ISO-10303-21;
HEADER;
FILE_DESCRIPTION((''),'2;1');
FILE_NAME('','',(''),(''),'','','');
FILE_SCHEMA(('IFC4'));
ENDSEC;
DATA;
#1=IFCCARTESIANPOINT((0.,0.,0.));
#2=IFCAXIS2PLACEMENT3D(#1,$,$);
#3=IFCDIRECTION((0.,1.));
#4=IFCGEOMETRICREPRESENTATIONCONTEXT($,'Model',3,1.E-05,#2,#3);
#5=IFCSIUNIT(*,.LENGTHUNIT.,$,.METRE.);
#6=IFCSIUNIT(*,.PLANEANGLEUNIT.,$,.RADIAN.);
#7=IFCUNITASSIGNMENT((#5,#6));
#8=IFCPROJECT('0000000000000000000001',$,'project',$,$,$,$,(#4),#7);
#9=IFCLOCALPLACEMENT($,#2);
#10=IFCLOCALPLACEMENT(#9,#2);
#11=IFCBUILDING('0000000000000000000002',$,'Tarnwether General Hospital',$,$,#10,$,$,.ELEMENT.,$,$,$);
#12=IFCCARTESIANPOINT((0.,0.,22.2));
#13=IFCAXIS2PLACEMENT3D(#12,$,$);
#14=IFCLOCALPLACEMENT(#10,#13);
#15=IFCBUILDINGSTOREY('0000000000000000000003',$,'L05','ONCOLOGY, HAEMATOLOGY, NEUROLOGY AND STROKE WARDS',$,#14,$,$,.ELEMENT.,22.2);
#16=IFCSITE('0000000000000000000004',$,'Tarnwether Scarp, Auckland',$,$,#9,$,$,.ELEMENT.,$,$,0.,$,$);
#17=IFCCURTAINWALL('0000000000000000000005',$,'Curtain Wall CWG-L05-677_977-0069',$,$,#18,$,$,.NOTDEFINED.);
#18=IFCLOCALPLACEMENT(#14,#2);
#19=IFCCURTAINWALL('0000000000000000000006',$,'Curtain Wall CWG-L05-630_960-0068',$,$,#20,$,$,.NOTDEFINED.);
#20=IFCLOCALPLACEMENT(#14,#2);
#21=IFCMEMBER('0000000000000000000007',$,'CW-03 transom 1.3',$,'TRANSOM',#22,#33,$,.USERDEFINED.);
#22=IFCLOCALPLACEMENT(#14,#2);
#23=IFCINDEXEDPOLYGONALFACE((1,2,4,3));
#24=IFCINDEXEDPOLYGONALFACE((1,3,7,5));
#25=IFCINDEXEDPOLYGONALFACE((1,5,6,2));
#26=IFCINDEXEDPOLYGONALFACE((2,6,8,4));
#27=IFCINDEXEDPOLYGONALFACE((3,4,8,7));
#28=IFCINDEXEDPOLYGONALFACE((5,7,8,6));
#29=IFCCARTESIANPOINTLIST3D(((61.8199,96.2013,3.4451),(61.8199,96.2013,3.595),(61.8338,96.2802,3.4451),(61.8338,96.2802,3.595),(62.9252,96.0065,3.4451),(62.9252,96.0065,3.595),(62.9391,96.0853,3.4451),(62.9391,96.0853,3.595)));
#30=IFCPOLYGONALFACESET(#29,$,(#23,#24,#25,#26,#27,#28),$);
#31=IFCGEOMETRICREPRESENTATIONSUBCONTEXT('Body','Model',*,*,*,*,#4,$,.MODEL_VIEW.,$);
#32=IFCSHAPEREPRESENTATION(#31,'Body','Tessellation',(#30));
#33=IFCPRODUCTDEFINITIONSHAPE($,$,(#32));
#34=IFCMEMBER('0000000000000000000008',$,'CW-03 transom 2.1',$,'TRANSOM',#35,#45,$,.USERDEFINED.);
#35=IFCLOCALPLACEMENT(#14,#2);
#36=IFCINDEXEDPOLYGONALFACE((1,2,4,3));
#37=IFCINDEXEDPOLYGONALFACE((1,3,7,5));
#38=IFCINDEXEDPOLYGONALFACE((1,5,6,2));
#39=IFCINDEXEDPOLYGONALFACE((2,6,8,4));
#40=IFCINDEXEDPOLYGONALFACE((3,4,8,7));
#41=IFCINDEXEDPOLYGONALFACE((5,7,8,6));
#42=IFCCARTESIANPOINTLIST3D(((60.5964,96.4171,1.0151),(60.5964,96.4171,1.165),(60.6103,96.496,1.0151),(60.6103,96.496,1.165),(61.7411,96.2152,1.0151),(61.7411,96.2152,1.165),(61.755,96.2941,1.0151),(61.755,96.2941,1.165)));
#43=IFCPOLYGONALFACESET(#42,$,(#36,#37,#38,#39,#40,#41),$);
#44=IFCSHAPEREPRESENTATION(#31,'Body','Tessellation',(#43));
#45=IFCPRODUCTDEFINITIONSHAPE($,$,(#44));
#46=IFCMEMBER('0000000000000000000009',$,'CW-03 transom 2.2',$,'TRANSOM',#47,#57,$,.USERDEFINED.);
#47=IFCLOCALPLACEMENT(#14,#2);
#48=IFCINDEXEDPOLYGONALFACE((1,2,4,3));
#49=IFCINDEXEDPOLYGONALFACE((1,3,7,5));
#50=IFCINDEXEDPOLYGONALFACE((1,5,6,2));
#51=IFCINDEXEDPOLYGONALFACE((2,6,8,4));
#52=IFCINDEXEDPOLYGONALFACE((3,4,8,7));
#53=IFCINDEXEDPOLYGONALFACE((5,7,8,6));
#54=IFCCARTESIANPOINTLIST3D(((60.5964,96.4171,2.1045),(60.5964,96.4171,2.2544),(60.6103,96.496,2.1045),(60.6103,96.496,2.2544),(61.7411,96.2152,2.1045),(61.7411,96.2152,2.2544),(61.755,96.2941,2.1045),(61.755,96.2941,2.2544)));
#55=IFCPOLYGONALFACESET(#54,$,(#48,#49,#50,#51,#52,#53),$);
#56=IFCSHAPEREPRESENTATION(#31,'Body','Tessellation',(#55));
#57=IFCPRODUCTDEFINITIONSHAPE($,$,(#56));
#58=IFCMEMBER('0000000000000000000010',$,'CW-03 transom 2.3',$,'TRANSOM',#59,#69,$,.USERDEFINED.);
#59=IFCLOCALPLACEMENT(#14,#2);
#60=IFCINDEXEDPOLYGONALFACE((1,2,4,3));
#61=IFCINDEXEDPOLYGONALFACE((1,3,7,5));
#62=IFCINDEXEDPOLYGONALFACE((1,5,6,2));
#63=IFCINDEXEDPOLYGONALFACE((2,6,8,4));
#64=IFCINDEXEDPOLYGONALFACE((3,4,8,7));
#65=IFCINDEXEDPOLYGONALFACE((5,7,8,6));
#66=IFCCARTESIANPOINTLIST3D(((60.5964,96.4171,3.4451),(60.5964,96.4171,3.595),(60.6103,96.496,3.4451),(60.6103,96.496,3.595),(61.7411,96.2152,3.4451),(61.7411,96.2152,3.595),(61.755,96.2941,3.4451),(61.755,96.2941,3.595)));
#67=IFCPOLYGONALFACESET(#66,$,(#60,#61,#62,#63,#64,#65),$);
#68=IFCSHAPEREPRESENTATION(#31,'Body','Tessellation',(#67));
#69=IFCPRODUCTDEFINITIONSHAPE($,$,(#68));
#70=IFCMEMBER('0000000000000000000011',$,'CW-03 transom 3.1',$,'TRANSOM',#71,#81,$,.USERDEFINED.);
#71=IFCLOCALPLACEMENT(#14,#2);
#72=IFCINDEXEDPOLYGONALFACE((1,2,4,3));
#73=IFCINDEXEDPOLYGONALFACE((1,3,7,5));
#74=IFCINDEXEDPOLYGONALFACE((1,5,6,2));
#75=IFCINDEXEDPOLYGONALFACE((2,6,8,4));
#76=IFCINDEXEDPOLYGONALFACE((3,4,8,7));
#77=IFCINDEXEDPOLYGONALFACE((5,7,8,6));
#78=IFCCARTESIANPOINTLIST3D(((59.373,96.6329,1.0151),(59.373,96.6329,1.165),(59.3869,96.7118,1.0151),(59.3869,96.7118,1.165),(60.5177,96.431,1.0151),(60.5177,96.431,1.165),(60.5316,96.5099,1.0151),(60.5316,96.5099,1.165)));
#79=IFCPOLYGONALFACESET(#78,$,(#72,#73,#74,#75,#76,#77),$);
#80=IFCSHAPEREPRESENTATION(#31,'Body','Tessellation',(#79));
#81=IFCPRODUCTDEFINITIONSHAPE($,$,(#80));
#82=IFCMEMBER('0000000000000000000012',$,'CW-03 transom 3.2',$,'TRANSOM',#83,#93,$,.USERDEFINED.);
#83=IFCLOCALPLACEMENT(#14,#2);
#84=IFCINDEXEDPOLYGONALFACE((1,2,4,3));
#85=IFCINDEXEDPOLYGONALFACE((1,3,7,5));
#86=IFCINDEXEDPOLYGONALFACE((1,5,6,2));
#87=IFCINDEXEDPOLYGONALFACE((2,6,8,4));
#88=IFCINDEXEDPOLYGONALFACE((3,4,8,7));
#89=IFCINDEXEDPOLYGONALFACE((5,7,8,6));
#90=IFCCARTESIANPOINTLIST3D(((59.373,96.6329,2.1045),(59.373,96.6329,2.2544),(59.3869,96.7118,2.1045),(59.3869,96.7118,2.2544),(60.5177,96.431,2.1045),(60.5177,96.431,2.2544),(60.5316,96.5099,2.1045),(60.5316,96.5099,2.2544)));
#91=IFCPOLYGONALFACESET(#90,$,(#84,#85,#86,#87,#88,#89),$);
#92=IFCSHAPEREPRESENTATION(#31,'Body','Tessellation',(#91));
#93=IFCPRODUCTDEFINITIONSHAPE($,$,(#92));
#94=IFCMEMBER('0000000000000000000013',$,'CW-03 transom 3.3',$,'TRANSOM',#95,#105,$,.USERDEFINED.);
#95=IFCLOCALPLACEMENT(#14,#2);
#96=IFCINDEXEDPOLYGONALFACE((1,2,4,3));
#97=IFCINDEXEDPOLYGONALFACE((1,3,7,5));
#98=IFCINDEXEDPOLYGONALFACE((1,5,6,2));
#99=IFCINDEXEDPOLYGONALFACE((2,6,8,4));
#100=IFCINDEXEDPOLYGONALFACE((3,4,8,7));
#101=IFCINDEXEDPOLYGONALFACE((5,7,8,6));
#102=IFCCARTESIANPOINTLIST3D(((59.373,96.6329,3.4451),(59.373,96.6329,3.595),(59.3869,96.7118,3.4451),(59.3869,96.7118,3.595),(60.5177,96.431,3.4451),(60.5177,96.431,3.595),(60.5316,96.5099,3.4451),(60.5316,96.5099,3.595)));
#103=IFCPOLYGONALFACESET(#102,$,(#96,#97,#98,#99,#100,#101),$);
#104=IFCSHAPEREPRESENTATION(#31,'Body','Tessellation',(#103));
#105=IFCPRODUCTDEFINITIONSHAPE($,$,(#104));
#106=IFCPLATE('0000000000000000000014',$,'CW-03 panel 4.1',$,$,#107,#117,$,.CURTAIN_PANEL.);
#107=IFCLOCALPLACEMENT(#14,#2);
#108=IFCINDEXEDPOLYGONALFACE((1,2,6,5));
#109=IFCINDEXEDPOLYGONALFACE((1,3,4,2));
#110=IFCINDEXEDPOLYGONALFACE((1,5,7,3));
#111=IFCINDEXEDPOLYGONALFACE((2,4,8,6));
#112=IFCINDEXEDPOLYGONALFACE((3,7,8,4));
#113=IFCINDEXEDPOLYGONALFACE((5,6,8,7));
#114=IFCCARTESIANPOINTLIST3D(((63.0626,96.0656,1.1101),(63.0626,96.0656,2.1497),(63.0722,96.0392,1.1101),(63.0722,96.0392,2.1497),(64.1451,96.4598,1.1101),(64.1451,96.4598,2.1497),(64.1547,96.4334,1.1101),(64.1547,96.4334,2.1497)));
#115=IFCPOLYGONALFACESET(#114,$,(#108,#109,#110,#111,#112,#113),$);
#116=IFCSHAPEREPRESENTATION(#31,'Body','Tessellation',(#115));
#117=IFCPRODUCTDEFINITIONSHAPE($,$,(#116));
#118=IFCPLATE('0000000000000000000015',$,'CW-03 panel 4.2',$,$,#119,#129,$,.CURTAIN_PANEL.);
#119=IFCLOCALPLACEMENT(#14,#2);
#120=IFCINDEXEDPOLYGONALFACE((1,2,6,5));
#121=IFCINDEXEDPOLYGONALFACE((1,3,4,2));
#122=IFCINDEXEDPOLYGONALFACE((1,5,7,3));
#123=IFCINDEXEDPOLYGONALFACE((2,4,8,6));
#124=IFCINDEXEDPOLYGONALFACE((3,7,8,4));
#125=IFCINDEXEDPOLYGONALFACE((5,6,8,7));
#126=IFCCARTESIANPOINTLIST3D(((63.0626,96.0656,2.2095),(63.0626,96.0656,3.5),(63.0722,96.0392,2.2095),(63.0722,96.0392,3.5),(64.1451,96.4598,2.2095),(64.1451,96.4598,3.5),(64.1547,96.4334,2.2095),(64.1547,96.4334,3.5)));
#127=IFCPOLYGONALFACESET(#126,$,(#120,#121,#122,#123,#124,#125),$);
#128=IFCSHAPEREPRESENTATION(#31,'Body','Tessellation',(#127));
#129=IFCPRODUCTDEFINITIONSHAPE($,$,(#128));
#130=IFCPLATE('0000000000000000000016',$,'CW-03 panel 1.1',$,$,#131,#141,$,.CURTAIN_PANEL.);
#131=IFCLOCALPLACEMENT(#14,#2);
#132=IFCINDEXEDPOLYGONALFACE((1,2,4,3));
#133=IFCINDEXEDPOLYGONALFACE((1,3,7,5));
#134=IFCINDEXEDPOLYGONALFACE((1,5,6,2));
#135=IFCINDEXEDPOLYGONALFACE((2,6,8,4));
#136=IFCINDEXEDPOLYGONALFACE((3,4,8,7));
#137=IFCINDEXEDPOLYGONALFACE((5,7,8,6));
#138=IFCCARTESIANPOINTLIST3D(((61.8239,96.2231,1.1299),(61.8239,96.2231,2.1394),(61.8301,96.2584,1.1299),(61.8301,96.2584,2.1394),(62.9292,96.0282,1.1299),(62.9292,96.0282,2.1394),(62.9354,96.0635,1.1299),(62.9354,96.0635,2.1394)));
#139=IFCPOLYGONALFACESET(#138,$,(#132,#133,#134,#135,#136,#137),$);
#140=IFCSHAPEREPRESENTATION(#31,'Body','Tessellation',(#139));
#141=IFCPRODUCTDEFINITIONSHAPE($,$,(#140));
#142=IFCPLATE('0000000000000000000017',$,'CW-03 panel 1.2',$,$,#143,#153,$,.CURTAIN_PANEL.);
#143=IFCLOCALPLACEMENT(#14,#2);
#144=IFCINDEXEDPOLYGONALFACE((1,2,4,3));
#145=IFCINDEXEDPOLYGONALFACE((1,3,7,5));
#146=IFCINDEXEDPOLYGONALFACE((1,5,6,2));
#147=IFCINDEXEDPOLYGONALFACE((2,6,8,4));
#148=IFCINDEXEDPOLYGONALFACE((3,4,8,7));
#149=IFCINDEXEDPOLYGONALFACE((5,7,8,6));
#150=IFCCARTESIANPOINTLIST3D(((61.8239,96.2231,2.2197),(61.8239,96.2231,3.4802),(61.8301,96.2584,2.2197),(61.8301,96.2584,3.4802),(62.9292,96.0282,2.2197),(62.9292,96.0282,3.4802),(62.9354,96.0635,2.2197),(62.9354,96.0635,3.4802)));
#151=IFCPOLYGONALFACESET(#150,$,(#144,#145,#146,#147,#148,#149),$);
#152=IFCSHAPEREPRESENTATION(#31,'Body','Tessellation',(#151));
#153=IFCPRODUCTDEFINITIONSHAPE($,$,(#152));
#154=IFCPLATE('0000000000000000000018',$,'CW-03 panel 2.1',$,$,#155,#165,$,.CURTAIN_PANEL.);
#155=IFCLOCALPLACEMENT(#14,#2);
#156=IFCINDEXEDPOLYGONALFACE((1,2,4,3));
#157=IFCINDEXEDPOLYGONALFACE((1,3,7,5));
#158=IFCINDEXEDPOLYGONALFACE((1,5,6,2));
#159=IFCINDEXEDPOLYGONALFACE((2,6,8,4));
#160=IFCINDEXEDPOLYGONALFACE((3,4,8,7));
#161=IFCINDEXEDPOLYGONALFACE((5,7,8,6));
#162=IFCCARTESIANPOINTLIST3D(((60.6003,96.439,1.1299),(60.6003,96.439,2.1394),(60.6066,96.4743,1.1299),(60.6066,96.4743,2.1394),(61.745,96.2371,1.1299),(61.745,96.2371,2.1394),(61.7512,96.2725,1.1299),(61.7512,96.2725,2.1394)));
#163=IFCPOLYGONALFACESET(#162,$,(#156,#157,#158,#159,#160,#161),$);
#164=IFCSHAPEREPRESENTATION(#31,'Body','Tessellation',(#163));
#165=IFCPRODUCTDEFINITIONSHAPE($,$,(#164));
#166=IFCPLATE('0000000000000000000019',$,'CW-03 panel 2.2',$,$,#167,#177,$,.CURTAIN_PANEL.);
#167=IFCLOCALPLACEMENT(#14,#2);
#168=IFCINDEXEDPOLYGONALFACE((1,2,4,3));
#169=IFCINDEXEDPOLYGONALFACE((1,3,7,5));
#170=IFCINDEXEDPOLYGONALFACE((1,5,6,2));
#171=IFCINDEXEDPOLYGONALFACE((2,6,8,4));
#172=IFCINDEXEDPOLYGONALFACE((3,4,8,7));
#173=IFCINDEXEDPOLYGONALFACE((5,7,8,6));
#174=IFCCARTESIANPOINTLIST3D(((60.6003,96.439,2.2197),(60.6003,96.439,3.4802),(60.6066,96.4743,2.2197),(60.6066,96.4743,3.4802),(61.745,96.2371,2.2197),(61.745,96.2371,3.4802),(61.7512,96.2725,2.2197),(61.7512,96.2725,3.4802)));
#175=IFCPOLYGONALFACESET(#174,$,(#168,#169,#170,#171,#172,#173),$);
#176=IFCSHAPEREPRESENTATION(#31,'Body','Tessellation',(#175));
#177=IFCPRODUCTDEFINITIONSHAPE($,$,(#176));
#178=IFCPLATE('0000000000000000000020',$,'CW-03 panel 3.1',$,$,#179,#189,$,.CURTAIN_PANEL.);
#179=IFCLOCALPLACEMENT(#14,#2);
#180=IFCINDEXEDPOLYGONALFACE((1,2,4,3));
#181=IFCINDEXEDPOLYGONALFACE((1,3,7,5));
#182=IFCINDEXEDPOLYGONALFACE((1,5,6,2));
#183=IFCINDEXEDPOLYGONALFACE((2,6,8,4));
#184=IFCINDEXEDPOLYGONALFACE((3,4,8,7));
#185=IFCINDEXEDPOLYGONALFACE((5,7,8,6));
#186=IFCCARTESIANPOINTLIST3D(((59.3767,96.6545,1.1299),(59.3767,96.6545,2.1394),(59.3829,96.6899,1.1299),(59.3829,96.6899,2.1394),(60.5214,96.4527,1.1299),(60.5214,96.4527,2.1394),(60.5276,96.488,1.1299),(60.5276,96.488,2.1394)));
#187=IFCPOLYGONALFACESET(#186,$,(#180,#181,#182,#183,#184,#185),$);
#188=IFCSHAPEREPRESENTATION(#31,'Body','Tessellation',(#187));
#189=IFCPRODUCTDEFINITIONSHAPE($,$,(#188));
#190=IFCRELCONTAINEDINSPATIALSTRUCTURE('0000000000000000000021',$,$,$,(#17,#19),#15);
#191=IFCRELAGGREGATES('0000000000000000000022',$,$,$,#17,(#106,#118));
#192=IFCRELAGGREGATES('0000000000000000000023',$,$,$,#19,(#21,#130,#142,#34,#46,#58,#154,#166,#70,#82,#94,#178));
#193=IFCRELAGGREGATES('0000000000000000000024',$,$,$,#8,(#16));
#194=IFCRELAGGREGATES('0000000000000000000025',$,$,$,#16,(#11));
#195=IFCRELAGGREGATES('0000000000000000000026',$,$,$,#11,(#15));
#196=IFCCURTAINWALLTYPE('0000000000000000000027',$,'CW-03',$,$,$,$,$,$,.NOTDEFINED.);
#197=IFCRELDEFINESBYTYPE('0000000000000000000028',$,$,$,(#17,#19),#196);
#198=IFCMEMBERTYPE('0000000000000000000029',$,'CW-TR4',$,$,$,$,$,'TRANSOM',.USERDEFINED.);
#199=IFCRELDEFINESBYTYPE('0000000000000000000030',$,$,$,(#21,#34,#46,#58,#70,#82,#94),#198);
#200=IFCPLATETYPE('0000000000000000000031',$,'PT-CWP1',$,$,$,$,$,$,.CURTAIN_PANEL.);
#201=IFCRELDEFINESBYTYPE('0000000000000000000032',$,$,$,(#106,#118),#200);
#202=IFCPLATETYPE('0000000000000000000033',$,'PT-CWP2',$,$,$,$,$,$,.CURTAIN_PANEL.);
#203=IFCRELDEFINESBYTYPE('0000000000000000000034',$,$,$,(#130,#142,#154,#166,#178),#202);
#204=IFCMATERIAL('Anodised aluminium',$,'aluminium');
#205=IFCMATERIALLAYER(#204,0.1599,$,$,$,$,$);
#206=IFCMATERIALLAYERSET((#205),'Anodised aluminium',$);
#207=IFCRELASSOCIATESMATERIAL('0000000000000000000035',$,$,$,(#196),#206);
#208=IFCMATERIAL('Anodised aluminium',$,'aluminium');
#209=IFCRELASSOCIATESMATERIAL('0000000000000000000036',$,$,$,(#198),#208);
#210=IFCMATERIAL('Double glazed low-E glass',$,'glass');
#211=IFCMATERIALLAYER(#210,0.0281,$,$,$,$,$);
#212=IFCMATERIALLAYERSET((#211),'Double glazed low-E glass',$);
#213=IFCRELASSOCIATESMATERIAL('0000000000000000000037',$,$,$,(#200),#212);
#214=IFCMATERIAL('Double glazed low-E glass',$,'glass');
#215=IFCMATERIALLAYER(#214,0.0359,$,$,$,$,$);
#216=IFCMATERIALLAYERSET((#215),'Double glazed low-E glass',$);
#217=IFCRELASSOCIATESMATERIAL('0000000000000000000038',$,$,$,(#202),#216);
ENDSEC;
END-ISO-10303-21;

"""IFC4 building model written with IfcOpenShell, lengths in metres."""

from ifc_helpers import new_model, si_unit, direction, frame, origin, origin_2d, place, context, subcontext, project, spatial, rectangle, extrude, material, layer, layer_set, material_profile, profile_set, type_object, element, aggregate, save


model = new_model("IFC4")

# Units and contexts
model_context = context("Model", 3, precision=1e-05, world=origin(), true_north=direction((0.0, 1.0)))
body_context = subcontext(model_context, "Body", "Model", "MODEL_VIEW")
ifc_project = project(units=[si_unit("LENGTHUNIT", "METRE"), si_unit("PLANEANGLEUNIT", "RADIAN")], contexts=[model_context])

# Site, building, storey
site_placement = place(None, origin())
site = spatial("IfcSite", under=ifc_project, at=site_placement, Name="Tarnwether Scarp, Auckland", CompositionType="ELEMENT", RefElevation=0.0)
building_placement = place(site_placement, origin())
building = spatial("IfcBuilding", under=site, at=building_placement, Name="Tarnwether General Hospital", CompositionType="ELEMENT")
storey_placement = place(building_placement, frame((0.0, 0.0, 22.2)))
storey = spatial("IfcBuildingStorey", under=building, at=storey_placement, Name="L05", Description="ONCOLOGY, HAEMATOLOGY, NEUROLOGY AND STROKE WARDS", CompositionType="ELEMENT", Elevation=22.2)

# Curtain wall
ifc_material_1 = material(Name="Anodised aluminium", Category="aluminium")
ifc_layer_1 = layer(ifc_material_1, 0.1599)
ifc_layer_set_1 = layer_set([ifc_layer_1], Name="Anodised aluminium")
curtain_wall_type_1 = type_object("IfcCurtainWallType", Name="CW-03", PredefinedType="NOTDEFINED", material=ifc_layer_set_1)
curtain_wall_1_placement = place(storey_placement, origin())
curtain_wall_1 = element("IfcCurtainWall", 1, at=curtain_wall_1_placement, inside=storey, type_object=curtain_wall_type_1, Name="Curtain Wall CWG-L05-677_977-0069", PredefinedType="NOTDEFINED")

# Curtain wall
curtain_wall_2_placement = place(storey_placement, origin())
curtain_wall_2 = element("IfcCurtainWall", 2, at=curtain_wall_2_placement, inside=storey, type_object=curtain_wall_type_1, Name="Curtain Wall CWG-L05-630_960-0068", PredefinedType="NOTDEFINED")

# Members
ifc_material_2 = material(Name="Anodised aluminium", Category="aluminium")
ifc_material_profile_1 = material_profile(ifc_material_2, rectangle(XDim=0.0801, YDim=0.1499, at=origin_2d()), Name="ALU-TRN-80x150")
ifc_profile_set_1 = profile_set([ifc_material_profile_1], Name="Anodised aluminium")
member_type_1 = type_object("IfcMemberType", Name="CW-TR4", ElementType="TRANSOM", PredefinedType="USERDEFINED", material=ifc_profile_set_1)
member_1_placement = place(storey_placement, frame((62.9321, 96.0459, 3.52), z_axis=(-0.984816, 0.173599, 0.0), x_axis=(-0.173599, -0.984816, 0.0)))
member_1 = element("IfcMember", 3, at=member_1_placement, type_object=member_type_1, Name="CW-03 transom 1.3", ObjectType="TRANSOM", PredefinedType="USERDEFINED", context=body_context, shape_type="SweptSolid", body=[
    extrude(rectangle(XDim=0.0801, YDim=0.1499, at=origin_2d()), origin(), (0.0, 0.0, 1.0), 1.1223),
])
member_2_placement = place(storey_placement, frame((61.748, 96.2546, 1.0901), z_axis=(-0.9848, 0.173689, 0.0), x_axis=(-0.173689, -0.9848, 0.0)))
member_2 = element("IfcMember", 4, at=member_2_placement, type_object=member_type_1, Name="CW-03 transom 2.1", ObjectType="TRANSOM", PredefinedType="USERDEFINED", context=body_context, shape_type="SweptSolid", body=[
    extrude(rectangle(XDim=0.0801, YDim=0.1499, at=origin_2d()), origin(), (0.0, 0.0, 1.0), 1.1624),
])
member_3_placement = place(storey_placement, frame((61.748, 96.2546, 2.1794), z_axis=(-0.9848, 0.173689, 0.0), x_axis=(-0.173689, -0.9848, 0.0)))
member_3 = element("IfcMember", 5, at=member_3_placement, type_object=member_type_1, Name="CW-03 transom 2.2", ObjectType="TRANSOM", PredefinedType="USERDEFINED", context=body_context, shape_type="SweptSolid", body=[
    extrude(rectangle(XDim=0.0801, YDim=0.1499, at=origin_2d()), origin(), (0.0, 0.0, 1.0), 1.1624),
])
member_4_placement = place(storey_placement, frame((61.748, 96.2546, 3.52), z_axis=(-0.9848, 0.173689, 0.0), x_axis=(-0.173689, -0.9848, 0.0)))
member_4 = element("IfcMember", 6, at=member_4_placement, type_object=member_type_1, Name="CW-03 transom 2.3", ObjectType="TRANSOM", PredefinedType="USERDEFINED", context=body_context, shape_type="SweptSolid", body=[
    extrude(rectangle(XDim=0.0801, YDim=0.1499, at=origin_2d()), origin(), (0.0, 0.0, 1.0), 1.1624),
])
member_5_placement = place(storey_placement, frame((60.5247, 96.4705, 1.0901), z_axis=(-0.9848, 0.173689, 0.0), x_axis=(-0.173689, -0.9848, 0.0)))
member_5 = element("IfcMember", 7, at=member_5_placement, type_object=member_type_1, Name="CW-03 transom 3.1", ObjectType="TRANSOM", PredefinedType="USERDEFINED", context=body_context, shape_type="SweptSolid", body=[
    extrude(rectangle(XDim=0.0801, YDim=0.1499, at=origin_2d()), origin(), (0.0, 0.0, 1.0), 1.1624),
])
member_6_placement = place(storey_placement, frame((60.5247, 96.4705, 2.1794), z_axis=(-0.9848, 0.173689, 0.0), x_axis=(-0.173689, -0.9848, 0.0)))
member_6 = element("IfcMember", 8, at=member_6_placement, type_object=member_type_1, Name="CW-03 transom 3.2", ObjectType="TRANSOM", PredefinedType="USERDEFINED", context=body_context, shape_type="SweptSolid", body=[
    extrude(rectangle(XDim=0.0801, YDim=0.1499, at=origin_2d()), origin(), (0.0, 0.0, 1.0), 1.1624),
])
member_7_placement = place(storey_placement, frame((60.5247, 96.4705, 3.52), z_axis=(-0.9848, 0.173689, 0.0), x_axis=(-0.173689, -0.9848, 0.0)))
member_7 = element("IfcMember", 9, at=member_7_placement, type_object=member_type_1, Name="CW-03 transom 3.3", ObjectType="TRANSOM", PredefinedType="USERDEFINED", context=body_context, shape_type="SweptSolid", body=[
    extrude(rectangle(XDim=0.0801, YDim=0.1499, at=origin_2d()), origin(), (0.0, 0.0, 1.0), 1.1624),
])

# Plates
ifc_material_3 = material(Name="Double glazed low-E glass", Category="glass")
ifc_layer_2 = layer(ifc_material_3, 0.0281)
ifc_layer_set_2 = layer_set([ifc_layer_2], Name="Double glazed low-E glass")
plate_type_1 = type_object("IfcPlateType", Name="PT-CWP1", PredefinedType="CURTAIN_PANEL", material=ifc_layer_set_2)
plate_1_placement = place(storey_placement, frame((63.6086, 96.2495, 1.1101), z_axis=(0.0, 0.0, 1.0), x_axis=(-0.939652, -0.342131, 0.0)))
plate_1 = element("IfcPlate", 10, at=plate_1_placement, type_object=plate_type_1, Name="CW-03 panel 4.1", PredefinedType="CURTAIN_PANEL", context=body_context, shape_type="SweptSolid", body=[
    extrude(rectangle(XDim=1.1521, YDim=0.0281, at=origin_2d()), origin(), (0.0, 0.0, 1.0), 1.0396),
])
plate_2_placement = place(storey_placement, frame((63.6086, 96.2495, 2.2095), z_axis=(0.0, 0.0, 1.0), x_axis=(-0.939652, -0.342131, 0.0)))
plate_2 = element("IfcPlate", 11, at=plate_2_placement, type_object=plate_type_1, Name="CW-03 panel 4.2", PredefinedType="CURTAIN_PANEL", context=body_context, shape_type="SweptSolid", body=[
    extrude(rectangle(XDim=1.1521, YDim=0.0281, at=origin_2d()), origin(), (0.0, 0.0, 1.0), 1.2905),
])
aggregate(curtain_wall_1, [plate_1, plate_2])
ifc_material_4 = material(Name="Double glazed low-E glass", Category="glass")
ifc_layer_3 = layer(ifc_material_4, 0.0359)
ifc_layer_set_3 = layer_set([ifc_layer_3], Name="Double glazed low-E glass")
plate_type_2 = type_object("IfcPlateType", Name="PT-CWP2", PredefinedType="CURTAIN_PANEL", material=ifc_layer_set_3)
plate_3_placement = place(storey_placement, frame((62.3796, 96.1433, 1.1299), z_axis=(0.0, 0.0, 1.0), x_axis=(-0.984806, 0.173659, 0.0)))
plate_3 = element("IfcPlate", 12, at=plate_3_placement, type_object=plate_type_2, Name="CW-03 panel 1.1", PredefinedType="CURTAIN_PANEL", context=body_context, shape_type="SweptSolid", body=[
    extrude(rectangle(XDim=1.1223, YDim=0.0359, at=origin_2d()), origin(), (0.0, 0.0, 1.0), 1.0095),
])
plate_4_placement = place(storey_placement, frame((62.3796, 96.1433, 2.2197), z_axis=(0.0, 0.0, 1.0), x_axis=(-0.984806, 0.173659, 0.0)))
plate_4 = element("IfcPlate", 13, at=plate_4_placement, type_object=plate_type_2, Name="CW-03 panel 1.2", PredefinedType="CURTAIN_PANEL", context=body_context, shape_type="SweptSolid", body=[
    extrude(rectangle(XDim=1.1223, YDim=0.0359, at=origin_2d()), origin(), (0.0, 0.0, 1.0), 1.2605),
])
plate_5_placement = place(storey_placement, frame((61.1758, 96.3557, 1.1299), z_axis=(0.0, 0.0, 1.0), x_axis=(-0.984806, 0.173659, 0.0)))
plate_5 = element("IfcPlate", 14, at=plate_5_placement, type_object=plate_type_2, Name="CW-03 panel 2.1", PredefinedType="CURTAIN_PANEL", context=body_context, shape_type="SweptSolid", body=[
    extrude(rectangle(XDim=1.1624, YDim=0.0359, at=origin_2d()), origin(), (0.0, 0.0, 1.0), 1.0095),
])
plate_6_placement = place(storey_placement, frame((61.1758, 96.3557, 2.2197), z_axis=(0.0, 0.0, 1.0), x_axis=(-0.984806, 0.173659, 0.0)))
plate_6 = element("IfcPlate", 15, at=plate_6_placement, type_object=plate_type_2, Name="CW-03 panel 2.2", PredefinedType="CURTAIN_PANEL", context=body_context, shape_type="SweptSolid", body=[
    extrude(rectangle(XDim=1.1624, YDim=0.0359, at=origin_2d()), origin(), (0.0, 0.0, 1.0), 1.2605),
])
plate_7_placement = place(storey_placement, frame((59.9521, 96.5713, 1.1299), z_axis=(0.0, 0.0, 1.0), x_axis=(-0.984806, 0.173659, 0.0)))
plate_7 = element("IfcPlate", 16, at=plate_7_placement, type_object=plate_type_2, Name="CW-03 panel 3.1", PredefinedType="CURTAIN_PANEL", context=body_context, shape_type="SweptSolid", body=[
    extrude(rectangle(XDim=1.1624, YDim=0.0359, at=origin_2d()), origin(), (0.0, 0.0, 1.0), 1.0095),
])
aggregate(curtain_wall_2, [member_1, plate_3, plate_4, member_2, member_3, member_4, plate_5, plate_6, member_5, member_6, member_7, plate_7])

save(model, "model.ifc")
